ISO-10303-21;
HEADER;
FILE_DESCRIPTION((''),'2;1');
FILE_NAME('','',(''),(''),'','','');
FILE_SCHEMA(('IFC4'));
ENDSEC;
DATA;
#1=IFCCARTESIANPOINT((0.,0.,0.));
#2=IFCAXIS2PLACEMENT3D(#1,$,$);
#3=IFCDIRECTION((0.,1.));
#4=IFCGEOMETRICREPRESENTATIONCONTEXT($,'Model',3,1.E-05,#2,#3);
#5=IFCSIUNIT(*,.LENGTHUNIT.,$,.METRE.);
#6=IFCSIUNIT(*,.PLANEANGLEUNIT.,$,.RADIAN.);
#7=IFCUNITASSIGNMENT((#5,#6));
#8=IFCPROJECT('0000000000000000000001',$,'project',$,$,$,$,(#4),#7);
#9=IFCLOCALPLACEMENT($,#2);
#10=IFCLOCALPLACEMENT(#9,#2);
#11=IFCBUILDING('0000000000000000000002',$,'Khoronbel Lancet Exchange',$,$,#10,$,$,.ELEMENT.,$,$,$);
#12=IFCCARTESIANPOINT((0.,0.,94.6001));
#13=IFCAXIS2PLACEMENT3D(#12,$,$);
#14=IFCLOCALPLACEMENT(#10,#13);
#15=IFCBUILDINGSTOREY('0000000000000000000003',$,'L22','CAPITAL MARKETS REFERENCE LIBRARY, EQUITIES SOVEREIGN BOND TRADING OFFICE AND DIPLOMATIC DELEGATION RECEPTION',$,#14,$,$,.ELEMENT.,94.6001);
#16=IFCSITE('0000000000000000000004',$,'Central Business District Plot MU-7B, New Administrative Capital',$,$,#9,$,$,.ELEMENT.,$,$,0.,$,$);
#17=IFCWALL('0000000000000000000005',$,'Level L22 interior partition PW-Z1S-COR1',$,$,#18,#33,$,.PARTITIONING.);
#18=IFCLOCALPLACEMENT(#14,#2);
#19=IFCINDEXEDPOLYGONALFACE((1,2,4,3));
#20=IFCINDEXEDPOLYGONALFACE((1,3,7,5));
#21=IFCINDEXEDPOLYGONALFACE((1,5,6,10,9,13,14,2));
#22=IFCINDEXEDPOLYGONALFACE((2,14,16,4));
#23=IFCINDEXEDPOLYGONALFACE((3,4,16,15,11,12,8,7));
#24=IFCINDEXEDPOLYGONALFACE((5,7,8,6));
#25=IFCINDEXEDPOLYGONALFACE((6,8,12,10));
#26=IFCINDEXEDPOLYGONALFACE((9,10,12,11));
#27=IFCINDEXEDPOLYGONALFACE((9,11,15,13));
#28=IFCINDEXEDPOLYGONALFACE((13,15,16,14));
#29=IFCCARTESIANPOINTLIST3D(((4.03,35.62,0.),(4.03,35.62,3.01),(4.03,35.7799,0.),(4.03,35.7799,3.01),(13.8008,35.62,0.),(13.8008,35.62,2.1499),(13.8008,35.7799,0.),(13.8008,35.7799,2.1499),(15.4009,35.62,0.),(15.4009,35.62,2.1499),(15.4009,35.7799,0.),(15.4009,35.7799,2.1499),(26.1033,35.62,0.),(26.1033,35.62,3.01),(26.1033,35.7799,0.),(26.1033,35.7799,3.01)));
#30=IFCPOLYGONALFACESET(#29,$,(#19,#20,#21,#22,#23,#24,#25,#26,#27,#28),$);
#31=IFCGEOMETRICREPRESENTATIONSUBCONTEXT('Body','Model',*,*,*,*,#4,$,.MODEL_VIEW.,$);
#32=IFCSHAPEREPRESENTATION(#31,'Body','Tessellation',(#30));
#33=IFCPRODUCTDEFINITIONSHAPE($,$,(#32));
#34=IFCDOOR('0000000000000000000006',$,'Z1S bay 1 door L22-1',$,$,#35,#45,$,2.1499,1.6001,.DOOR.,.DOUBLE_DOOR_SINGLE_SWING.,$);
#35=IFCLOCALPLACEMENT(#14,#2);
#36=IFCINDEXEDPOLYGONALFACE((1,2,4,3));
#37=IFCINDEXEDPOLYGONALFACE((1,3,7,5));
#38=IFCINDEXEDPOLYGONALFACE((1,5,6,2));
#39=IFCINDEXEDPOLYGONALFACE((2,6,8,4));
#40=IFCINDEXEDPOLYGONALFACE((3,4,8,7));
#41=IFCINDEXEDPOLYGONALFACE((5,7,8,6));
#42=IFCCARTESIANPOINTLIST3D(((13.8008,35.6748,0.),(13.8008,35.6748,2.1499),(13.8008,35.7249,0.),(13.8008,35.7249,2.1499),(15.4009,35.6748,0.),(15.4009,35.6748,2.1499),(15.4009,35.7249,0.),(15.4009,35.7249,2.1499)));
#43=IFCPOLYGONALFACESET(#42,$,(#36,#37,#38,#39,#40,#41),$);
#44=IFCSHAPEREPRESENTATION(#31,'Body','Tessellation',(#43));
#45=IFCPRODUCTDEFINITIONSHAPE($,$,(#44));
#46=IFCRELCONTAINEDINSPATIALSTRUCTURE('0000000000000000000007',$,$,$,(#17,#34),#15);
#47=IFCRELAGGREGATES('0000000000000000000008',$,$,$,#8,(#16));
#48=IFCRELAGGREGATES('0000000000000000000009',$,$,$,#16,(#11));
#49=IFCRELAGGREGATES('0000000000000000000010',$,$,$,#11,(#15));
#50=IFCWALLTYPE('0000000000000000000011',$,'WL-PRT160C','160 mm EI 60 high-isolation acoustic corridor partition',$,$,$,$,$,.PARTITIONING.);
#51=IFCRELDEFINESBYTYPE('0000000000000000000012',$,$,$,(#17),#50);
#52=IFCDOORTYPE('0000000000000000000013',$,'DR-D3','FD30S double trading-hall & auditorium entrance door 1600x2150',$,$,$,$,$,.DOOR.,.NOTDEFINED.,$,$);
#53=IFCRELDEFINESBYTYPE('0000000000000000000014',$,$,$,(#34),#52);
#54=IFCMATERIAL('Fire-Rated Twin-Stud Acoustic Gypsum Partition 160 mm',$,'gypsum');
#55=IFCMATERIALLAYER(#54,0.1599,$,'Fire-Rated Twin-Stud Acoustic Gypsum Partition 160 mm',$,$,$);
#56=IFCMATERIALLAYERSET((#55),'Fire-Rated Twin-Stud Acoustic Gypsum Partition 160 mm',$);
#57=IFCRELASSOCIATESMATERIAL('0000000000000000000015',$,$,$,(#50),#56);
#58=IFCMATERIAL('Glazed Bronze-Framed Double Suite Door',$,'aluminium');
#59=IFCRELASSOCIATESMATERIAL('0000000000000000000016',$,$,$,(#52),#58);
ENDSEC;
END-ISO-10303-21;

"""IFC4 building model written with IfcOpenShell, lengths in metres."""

from ifc_helpers import new_model, si_unit, direction, frame, frame_2d, origin, place, context, subcontext, project, spatial, rectangle, extrude, material, layer, layer_set, type_object, element, fill, save


model = new_model("IFC4")

# Units and contexts
model_context = context("Model", 3, precision=1e-05, world=origin(), true_north=direction((0.0, 1.0)))
body_context = subcontext(model_context, "Body", "Model", "MODEL_VIEW")
ifc_project = project(units=[si_unit("LENGTHUNIT", "METRE"), si_unit("PLANEANGLEUNIT", "RADIAN")], contexts=[model_context])

# Site, building, storey
site_placement = place(None, origin())
site = spatial("IfcSite", under=ifc_project, at=site_placement, Name="Central Business District Plot MU-7B, New Administrative Capital", CompositionType="ELEMENT", RefElevation=0.0)
building_placement = place(site_placement, origin())
building = spatial("IfcBuilding", under=site, at=building_placement, Name="Khoronbel Lancet Exchange", CompositionType="ELEMENT")
storey_placement = place(building_placement, frame((0.0, 0.0, 94.6001)))
storey = spatial("IfcBuildingStorey", under=building, at=storey_placement, Name="L22", Description="CAPITAL MARKETS REFERENCE LIBRARY, EQUITIES SOVEREIGN BOND TRADING OFFICE AND DIPLOMATIC DELEGATION RECEPTION", CompositionType="ELEMENT", Elevation=94.6001)

# Wall, opening, door
ifc_material_1 = material(Name="Fire-Rated Twin-Stud Acoustic Gypsum Partition 160 mm", Category="gypsum")
ifc_layer_1 = layer(ifc_material_1, 0.1599, Name="Fire-Rated Twin-Stud Acoustic Gypsum Partition 160 mm")
ifc_layer_set_1 = layer_set([ifc_layer_1], Name="Fire-Rated Twin-Stud Acoustic Gypsum Partition 160 mm")
wall_type_1 = type_object("IfcWallType", Name="WL-PRT160C", Description="160 mm EI 60 high-isolation acoustic corridor partition", PredefinedType="PARTITIONING", material=ifc_layer_set_1)
wall_1_placement = place(storey_placement, frame((4.03, 35.7, 0.0), z_axis=(0.0, 0.0, 1.0), x_axis=(1.0, 0.0, 0.0)))
wall_1 = element("IfcWall", 1, at=wall_1_placement, inside=storey, type_object=wall_type_1, Name="Level L22 interior partition PW-Z1S-COR1", PredefinedType="PARTITIONING", context=body_context, shape_type="SweptSolid", body=[
    extrude(rectangle(XDim=22.0732, YDim=0.1599, at=frame_2d((11.0366, 0.0))), origin(), (0.0, 0.0, 1.0), 3.01),
])
opening_1_placement = place(wall_1_placement, frame((9.7708, 0.0, 0.0)))
opening_1 = element("IfcOpeningElement", 2, at=opening_1_placement, cuts=wall_1, PredefinedType="OPENING", context=body_context, shape_type="SweptSolid", body=[
    extrude(rectangle(XDim=1.6001, YDim=2.1499, at=frame_2d((0.8, 1.075))), frame((0.0, 0.0898, 0.0), z_axis=(0.0, -1.0, 0.0), x_axis=(1.0, 0.0, 0.0)), (0.0, 0.0, 1.0), 0.1799),
])
ifc_material_2 = material(Name="Glazed Bronze-Framed Double Suite Door", Category="aluminium")
door_type_1 = type_object("IfcDoorType", Name="DR-D3", Description="FD30S double trading-hall & auditorium entrance door 1600x2150", OperationType="NOTDEFINED", PredefinedType="DOOR", material=ifc_material_2)
door_1_placement = place(opening_1_placement, origin())
door_1 = element("IfcDoor", 3, at=door_1_placement, inside=storey, type_object=door_type_1, Name="Z1S bay 1 door L22-1", OperationType="DOUBLE_DOOR_SINGLE_SWING", OverallHeight=2.1499, OverallWidth=1.6001, PredefinedType="DOOR", context=body_context, shape_type="SweptSolid", body=[
    extrude(rectangle(XDim=1.6001, YDim=2.1499, at=frame_2d((0.8, 1.075))), frame((0.0, 0.0249, 0.0), z_axis=(0.0, -1.0, 0.0), x_axis=(1.0, 0.0, 0.0)), (0.0, 0.0, 1.0), 0.05),
])
fill(opening_1, door_1)

save(model, "model.ifc")
